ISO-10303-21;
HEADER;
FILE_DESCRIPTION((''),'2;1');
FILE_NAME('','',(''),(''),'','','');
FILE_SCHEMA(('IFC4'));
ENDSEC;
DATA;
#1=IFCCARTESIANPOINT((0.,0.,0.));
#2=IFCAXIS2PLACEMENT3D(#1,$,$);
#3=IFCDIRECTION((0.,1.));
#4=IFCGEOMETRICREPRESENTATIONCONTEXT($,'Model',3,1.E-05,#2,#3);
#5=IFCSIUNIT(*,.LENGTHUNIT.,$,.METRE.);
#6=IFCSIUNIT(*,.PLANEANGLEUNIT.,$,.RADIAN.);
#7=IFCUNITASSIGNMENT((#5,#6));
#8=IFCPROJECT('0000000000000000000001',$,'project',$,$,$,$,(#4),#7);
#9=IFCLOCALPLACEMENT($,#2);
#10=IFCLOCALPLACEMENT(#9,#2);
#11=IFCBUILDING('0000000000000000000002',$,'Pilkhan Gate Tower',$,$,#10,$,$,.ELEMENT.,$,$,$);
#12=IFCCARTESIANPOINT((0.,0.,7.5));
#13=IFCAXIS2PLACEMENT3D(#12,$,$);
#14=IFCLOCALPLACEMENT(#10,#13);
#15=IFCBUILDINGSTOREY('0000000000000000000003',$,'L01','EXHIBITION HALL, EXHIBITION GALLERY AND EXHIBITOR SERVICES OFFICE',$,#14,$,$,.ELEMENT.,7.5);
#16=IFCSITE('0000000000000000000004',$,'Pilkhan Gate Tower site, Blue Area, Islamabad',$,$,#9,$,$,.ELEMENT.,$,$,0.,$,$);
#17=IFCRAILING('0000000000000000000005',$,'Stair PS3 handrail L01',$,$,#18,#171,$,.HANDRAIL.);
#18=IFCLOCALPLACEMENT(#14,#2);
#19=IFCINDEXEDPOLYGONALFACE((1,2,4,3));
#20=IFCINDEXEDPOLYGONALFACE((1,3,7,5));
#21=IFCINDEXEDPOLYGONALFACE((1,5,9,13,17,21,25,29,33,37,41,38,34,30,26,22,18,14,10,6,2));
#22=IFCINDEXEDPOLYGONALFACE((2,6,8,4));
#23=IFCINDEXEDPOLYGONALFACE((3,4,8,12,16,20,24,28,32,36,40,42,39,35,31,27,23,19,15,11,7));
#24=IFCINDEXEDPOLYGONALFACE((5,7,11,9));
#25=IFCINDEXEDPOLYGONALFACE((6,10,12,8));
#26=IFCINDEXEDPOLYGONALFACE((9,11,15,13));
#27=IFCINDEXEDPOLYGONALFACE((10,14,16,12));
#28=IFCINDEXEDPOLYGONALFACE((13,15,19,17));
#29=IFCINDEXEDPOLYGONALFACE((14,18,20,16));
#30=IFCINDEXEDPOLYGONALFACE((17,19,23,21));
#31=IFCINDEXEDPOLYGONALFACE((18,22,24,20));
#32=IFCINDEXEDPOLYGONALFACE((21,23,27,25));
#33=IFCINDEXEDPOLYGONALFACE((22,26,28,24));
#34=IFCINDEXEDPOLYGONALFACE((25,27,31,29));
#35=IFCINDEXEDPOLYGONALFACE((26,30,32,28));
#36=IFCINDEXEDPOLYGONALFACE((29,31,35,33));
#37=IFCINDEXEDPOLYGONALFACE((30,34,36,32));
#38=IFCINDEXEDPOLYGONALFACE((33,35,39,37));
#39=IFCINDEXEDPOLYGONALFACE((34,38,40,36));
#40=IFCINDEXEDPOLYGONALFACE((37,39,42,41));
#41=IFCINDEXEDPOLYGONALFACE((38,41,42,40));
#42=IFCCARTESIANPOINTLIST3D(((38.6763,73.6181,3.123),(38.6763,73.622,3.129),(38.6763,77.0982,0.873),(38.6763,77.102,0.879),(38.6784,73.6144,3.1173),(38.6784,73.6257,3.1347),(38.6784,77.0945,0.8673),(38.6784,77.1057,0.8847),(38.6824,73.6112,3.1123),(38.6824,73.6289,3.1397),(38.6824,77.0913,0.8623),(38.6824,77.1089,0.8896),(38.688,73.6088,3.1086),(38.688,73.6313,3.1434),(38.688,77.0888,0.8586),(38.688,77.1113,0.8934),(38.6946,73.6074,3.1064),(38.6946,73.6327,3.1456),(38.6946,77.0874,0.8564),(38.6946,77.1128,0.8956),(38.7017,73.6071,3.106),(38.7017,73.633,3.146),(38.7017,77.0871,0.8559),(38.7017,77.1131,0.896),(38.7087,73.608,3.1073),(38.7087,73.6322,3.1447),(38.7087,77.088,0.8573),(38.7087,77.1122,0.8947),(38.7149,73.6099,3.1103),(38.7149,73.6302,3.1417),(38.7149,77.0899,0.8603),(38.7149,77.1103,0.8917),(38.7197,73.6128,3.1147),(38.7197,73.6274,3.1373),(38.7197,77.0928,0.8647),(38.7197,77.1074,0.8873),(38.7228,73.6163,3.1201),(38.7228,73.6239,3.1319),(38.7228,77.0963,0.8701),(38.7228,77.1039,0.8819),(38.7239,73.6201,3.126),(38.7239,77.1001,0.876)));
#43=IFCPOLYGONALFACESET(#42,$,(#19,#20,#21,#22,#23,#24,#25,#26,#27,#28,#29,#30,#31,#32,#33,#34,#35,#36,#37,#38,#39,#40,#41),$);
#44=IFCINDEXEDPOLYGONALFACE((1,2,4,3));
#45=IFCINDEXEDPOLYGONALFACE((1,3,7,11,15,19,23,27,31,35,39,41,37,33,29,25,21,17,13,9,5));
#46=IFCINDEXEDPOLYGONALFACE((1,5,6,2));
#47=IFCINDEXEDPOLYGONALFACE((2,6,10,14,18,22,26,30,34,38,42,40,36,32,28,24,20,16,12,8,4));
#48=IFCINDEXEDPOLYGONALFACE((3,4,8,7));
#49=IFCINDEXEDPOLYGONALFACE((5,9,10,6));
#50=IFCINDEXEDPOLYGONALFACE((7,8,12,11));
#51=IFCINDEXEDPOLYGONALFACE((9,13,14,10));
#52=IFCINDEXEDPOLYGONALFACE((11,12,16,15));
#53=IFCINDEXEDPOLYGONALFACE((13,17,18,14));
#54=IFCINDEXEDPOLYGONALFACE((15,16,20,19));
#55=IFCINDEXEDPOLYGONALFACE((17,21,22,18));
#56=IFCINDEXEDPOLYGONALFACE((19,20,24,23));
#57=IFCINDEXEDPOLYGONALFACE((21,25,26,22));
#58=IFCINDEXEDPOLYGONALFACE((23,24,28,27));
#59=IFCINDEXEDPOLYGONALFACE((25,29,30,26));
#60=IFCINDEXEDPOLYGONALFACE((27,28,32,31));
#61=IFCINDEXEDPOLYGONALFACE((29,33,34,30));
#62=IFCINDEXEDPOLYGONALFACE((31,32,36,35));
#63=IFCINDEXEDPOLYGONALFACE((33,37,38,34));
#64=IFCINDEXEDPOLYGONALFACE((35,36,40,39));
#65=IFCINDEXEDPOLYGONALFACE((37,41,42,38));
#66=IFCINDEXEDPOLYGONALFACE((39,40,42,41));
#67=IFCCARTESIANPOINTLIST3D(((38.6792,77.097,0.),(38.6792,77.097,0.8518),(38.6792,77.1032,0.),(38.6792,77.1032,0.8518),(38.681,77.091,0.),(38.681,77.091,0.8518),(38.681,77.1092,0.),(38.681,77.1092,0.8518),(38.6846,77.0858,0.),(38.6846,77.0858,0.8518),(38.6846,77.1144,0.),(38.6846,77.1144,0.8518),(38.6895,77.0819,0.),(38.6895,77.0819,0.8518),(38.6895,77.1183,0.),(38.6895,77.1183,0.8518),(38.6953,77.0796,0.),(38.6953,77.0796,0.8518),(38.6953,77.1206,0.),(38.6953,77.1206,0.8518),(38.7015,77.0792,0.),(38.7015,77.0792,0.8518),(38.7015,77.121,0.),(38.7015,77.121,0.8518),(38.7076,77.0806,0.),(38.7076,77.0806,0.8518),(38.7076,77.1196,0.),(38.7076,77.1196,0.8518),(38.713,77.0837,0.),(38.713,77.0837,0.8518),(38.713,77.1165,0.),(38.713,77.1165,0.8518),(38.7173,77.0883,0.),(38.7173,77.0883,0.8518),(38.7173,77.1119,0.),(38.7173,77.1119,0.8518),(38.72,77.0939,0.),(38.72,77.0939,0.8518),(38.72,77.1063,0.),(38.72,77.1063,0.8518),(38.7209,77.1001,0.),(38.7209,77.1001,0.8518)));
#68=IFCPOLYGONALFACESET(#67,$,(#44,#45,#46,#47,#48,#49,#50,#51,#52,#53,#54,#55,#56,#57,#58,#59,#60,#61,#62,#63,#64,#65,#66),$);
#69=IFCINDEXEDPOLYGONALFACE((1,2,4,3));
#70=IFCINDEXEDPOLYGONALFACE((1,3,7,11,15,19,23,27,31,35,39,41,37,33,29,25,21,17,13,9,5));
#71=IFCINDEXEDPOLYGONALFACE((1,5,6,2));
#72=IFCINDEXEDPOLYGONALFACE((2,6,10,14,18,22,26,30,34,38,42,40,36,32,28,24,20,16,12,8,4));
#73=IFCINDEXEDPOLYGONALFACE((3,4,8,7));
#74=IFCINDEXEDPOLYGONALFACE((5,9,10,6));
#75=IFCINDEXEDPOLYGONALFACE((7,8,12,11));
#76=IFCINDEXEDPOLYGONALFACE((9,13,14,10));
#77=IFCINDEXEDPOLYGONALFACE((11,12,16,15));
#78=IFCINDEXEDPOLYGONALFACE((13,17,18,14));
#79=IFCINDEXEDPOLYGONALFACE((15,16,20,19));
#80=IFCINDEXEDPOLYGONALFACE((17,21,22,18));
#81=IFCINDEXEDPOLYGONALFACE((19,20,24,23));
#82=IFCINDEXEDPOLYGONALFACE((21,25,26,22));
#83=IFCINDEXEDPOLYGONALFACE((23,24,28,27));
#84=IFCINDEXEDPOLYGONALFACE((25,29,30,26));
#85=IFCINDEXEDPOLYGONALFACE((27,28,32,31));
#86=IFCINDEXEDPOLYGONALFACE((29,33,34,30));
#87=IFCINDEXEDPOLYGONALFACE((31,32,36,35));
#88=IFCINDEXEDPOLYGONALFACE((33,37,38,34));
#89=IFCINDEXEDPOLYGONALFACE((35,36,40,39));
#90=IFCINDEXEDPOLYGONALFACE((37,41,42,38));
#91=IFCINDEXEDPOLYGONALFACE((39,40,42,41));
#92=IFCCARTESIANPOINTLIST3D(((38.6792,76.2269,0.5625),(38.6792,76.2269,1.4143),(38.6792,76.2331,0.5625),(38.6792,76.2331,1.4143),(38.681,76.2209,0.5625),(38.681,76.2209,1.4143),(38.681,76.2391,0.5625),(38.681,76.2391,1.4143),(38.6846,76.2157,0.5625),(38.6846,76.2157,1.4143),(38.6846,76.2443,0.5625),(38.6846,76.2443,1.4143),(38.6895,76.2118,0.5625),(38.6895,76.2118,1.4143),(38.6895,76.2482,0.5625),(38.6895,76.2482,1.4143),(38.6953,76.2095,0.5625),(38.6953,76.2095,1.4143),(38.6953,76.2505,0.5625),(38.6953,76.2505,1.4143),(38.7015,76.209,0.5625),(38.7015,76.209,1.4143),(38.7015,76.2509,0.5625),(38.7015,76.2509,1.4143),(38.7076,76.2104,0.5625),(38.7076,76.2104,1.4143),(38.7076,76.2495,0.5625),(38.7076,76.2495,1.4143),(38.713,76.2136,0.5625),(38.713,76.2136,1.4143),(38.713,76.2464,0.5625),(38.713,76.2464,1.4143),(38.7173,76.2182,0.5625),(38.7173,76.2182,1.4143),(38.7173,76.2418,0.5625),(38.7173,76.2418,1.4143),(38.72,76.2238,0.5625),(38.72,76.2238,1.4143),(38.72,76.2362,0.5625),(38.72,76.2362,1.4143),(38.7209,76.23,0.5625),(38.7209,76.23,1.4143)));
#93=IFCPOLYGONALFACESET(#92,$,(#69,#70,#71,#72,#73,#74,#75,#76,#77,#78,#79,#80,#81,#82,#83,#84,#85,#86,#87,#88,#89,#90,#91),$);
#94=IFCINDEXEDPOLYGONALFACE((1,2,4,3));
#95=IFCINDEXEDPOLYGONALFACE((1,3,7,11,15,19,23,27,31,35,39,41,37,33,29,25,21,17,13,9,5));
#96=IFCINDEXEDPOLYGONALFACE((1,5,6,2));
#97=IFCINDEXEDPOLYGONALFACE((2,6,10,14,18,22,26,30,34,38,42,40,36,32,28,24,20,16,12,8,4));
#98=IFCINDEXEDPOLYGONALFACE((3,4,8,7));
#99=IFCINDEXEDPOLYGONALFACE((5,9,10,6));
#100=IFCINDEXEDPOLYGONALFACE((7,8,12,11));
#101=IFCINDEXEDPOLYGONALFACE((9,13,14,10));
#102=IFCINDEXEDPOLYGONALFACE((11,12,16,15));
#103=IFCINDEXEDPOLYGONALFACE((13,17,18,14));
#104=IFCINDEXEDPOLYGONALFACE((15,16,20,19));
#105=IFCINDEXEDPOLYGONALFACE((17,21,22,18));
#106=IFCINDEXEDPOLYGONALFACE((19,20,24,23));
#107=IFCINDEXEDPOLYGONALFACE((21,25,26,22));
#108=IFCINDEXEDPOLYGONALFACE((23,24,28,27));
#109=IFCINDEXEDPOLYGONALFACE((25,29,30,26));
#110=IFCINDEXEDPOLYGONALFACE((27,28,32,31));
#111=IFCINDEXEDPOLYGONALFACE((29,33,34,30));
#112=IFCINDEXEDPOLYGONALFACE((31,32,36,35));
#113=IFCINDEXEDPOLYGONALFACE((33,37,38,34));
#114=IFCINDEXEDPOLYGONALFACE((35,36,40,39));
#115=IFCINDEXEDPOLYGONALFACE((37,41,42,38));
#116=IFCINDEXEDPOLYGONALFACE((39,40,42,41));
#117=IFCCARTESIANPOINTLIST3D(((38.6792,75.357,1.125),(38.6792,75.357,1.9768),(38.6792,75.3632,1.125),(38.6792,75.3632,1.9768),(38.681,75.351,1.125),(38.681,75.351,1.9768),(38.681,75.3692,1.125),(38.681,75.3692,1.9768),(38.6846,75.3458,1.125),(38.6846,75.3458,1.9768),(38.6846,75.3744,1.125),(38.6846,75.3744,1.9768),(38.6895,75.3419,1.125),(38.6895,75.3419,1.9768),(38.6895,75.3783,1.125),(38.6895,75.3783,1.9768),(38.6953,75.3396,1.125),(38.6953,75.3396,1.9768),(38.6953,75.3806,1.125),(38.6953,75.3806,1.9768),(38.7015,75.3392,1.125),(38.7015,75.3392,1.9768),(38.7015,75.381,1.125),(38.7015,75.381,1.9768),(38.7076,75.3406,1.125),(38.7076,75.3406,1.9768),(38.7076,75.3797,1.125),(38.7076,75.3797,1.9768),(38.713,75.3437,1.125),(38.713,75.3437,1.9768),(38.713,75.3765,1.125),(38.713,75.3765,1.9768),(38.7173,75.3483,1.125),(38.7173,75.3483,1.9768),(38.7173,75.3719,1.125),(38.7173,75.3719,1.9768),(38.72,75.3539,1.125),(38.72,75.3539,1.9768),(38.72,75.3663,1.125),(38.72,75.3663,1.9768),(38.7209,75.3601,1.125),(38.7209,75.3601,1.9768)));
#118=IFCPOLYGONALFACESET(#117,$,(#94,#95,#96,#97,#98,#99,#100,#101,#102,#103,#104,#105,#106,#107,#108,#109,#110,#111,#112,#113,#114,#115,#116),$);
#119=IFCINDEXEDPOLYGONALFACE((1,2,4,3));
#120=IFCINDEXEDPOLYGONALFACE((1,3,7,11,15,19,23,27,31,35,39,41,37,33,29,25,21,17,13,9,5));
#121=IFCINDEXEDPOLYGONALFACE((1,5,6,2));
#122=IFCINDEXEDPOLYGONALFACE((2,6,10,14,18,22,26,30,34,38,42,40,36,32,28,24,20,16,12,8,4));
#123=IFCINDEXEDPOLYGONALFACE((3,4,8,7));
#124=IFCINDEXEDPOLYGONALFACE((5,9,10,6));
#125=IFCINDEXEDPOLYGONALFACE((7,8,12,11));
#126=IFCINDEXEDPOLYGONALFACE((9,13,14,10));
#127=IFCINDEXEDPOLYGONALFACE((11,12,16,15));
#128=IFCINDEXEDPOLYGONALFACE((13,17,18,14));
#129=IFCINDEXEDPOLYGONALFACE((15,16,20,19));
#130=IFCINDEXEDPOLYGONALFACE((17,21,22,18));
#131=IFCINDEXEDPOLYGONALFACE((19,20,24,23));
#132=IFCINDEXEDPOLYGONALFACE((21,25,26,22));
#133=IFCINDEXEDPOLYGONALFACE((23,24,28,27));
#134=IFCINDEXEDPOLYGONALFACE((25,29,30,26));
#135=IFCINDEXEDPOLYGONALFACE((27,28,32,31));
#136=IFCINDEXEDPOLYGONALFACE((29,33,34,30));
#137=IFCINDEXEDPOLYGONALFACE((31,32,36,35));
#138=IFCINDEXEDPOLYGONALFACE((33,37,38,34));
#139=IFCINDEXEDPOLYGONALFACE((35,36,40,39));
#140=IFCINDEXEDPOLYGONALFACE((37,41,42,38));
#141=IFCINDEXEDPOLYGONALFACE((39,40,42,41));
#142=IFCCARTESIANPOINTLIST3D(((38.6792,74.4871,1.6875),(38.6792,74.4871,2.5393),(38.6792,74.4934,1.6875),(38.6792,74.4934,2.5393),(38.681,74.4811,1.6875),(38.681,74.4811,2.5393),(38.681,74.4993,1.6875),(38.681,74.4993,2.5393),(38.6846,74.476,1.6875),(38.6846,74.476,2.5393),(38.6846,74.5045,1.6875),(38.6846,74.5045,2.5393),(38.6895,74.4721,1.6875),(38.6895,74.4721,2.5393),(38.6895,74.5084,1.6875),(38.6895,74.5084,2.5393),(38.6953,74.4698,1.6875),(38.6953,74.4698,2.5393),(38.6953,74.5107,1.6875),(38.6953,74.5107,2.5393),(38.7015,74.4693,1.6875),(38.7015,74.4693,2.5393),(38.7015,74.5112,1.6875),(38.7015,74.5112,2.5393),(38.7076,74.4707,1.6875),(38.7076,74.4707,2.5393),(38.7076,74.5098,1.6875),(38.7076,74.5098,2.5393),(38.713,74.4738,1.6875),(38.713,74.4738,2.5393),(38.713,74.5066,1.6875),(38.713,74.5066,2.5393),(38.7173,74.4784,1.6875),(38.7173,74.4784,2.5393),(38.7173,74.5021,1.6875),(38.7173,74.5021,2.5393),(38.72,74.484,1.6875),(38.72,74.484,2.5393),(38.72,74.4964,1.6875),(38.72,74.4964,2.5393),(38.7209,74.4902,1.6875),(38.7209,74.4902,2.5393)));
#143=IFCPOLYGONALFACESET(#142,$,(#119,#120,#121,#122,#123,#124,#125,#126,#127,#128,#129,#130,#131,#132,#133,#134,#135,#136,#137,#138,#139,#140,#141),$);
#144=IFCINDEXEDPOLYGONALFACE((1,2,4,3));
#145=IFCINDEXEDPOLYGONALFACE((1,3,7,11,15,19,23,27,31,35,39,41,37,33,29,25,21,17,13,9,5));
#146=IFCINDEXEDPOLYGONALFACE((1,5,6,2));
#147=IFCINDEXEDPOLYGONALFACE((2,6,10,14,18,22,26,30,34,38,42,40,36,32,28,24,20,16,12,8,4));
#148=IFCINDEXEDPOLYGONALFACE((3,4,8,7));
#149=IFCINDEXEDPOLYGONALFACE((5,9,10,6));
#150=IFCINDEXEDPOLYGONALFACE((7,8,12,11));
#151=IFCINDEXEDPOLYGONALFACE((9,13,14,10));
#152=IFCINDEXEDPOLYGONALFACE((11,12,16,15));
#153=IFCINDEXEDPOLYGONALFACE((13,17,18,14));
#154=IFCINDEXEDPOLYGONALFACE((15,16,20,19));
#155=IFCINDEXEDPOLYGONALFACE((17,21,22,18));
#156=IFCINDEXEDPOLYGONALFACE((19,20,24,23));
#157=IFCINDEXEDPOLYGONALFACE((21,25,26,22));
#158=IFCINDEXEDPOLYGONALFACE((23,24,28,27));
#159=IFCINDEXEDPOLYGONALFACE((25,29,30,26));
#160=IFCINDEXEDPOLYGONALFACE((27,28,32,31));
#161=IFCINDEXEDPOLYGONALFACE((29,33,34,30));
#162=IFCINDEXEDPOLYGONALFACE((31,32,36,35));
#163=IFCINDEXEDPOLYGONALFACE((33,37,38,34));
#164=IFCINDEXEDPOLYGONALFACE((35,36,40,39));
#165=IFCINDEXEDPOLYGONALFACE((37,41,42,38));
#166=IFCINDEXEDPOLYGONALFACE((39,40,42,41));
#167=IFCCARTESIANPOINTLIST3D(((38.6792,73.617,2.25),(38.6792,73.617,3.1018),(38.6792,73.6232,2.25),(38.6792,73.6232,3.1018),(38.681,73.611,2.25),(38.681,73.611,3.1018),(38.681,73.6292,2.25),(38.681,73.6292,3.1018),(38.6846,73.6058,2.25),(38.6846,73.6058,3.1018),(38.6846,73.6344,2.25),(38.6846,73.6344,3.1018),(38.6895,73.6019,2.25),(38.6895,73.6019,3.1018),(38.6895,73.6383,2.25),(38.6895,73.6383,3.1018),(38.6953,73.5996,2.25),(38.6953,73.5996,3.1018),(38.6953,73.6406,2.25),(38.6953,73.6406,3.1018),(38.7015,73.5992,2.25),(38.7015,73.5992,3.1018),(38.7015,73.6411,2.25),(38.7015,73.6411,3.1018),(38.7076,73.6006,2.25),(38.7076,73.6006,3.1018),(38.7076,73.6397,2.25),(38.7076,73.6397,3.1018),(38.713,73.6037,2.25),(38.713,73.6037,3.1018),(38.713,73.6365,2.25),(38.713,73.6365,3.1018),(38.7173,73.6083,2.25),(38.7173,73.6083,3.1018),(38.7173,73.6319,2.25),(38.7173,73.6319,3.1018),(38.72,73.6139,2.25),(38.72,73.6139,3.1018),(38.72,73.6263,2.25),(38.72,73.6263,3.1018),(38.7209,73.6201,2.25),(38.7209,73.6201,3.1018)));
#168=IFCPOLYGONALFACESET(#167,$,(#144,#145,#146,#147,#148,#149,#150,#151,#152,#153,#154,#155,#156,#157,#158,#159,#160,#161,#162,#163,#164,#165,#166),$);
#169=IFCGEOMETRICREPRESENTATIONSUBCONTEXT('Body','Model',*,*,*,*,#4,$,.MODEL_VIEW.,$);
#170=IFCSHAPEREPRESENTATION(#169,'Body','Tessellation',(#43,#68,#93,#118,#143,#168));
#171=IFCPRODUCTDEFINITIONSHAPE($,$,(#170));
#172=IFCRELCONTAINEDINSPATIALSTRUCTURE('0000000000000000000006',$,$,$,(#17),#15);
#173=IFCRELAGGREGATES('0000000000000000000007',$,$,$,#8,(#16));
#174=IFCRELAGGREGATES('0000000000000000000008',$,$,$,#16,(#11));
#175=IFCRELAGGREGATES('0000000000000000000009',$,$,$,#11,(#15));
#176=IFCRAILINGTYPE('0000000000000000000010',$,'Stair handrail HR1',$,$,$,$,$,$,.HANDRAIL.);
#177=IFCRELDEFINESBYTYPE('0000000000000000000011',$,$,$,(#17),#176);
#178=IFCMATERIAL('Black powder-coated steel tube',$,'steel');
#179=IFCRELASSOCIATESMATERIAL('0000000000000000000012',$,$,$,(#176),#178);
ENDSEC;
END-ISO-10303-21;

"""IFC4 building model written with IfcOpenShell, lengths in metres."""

from ifc_helpers import new_model, si_unit, direction, frame, origin, origin_2d, place, context, subcontext, project, spatial, circle, extrude, material, type_object, element, save


model = new_model("IFC4")

# Units and contexts
model_context = context("Model", 3, precision=1e-05, world=origin(), true_north=direction((0.0, 1.0)))
body_context = subcontext(model_context, "Body", "Model", "MODEL_VIEW")
ifc_project = project(units=[si_unit("LENGTHUNIT", "METRE"), si_unit("PLANEANGLEUNIT", "RADIAN")], contexts=[model_context])

# Site, building, storey
site_placement = place(None, origin())
site = spatial("IfcSite", under=ifc_project, at=site_placement, Name="Pilkhan Gate Tower site, Blue Area, Islamabad", CompositionType="ELEMENT", RefElevation=0.0)
building_placement = place(site_placement, origin())
building = spatial("IfcBuilding", under=site, at=building_placement, Name="Pilkhan Gate Tower", CompositionType="ELEMENT")
storey_placement = place(building_placement, frame((0.0, 0.0, 7.5)))
storey = spatial("IfcBuildingStorey", under=building, at=storey_placement, Name="L01", Description="EXHIBITION HALL, EXHIBITION GALLERY AND EXHIBITOR SERVICES OFFICE", CompositionType="ELEMENT", Elevation=7.5)

# Railing
ifc_material_1 = material(Name="Black powder-coated steel tube", Category="steel")
railing_type_1 = type_object("IfcRailingType", Name="Stair handrail HR1", PredefinedType="HANDRAIL", material=ifc_material_1)
railing_1_placement = place(storey_placement, frame((38.7, 77.1001, 0.0)))
element("IfcRailing", 1, at=railing_1_placement, inside=storey, type_object=railing_type_1, Name="Stair PS3 handrail L01", PredefinedType="HANDRAIL", context=body_context, shape_type="SweptSolid", body=[
    extrude(circle(Radius=0.0239, at=origin_2d()), frame((0.0, 0.0, 0.876), z_axis=(0.0, -0.839763, 0.542953), x_axis=(1.0, 0.0, 0.0)), (0.0, 0.0, 1.0), 4.144),
    extrude(circle(Radius=0.021, at=origin_2d()), origin(), (0.0, 0.0, 1.0), 0.8518),
    extrude(circle(Radius=0.021, at=origin_2d()), frame((0.0, -0.8701, 0.5625)), (0.0, 0.0, 1.0), 0.8518),
    extrude(circle(Radius=0.021, at=origin_2d()), frame((0.0, -1.74, 1.125)), (0.0, 0.0, 1.0), 0.8518),
    extrude(circle(Radius=0.021, at=origin_2d()), frame((0.0, -2.6099, 1.6875)), (0.0, 0.0, 1.0), 0.8518),
    extrude(circle(Radius=0.021, at=origin_2d()), frame((0.0, -3.48, 2.25)), (0.0, 0.0, 1.0), 0.8518),
])

save(model, "model.ifc")
